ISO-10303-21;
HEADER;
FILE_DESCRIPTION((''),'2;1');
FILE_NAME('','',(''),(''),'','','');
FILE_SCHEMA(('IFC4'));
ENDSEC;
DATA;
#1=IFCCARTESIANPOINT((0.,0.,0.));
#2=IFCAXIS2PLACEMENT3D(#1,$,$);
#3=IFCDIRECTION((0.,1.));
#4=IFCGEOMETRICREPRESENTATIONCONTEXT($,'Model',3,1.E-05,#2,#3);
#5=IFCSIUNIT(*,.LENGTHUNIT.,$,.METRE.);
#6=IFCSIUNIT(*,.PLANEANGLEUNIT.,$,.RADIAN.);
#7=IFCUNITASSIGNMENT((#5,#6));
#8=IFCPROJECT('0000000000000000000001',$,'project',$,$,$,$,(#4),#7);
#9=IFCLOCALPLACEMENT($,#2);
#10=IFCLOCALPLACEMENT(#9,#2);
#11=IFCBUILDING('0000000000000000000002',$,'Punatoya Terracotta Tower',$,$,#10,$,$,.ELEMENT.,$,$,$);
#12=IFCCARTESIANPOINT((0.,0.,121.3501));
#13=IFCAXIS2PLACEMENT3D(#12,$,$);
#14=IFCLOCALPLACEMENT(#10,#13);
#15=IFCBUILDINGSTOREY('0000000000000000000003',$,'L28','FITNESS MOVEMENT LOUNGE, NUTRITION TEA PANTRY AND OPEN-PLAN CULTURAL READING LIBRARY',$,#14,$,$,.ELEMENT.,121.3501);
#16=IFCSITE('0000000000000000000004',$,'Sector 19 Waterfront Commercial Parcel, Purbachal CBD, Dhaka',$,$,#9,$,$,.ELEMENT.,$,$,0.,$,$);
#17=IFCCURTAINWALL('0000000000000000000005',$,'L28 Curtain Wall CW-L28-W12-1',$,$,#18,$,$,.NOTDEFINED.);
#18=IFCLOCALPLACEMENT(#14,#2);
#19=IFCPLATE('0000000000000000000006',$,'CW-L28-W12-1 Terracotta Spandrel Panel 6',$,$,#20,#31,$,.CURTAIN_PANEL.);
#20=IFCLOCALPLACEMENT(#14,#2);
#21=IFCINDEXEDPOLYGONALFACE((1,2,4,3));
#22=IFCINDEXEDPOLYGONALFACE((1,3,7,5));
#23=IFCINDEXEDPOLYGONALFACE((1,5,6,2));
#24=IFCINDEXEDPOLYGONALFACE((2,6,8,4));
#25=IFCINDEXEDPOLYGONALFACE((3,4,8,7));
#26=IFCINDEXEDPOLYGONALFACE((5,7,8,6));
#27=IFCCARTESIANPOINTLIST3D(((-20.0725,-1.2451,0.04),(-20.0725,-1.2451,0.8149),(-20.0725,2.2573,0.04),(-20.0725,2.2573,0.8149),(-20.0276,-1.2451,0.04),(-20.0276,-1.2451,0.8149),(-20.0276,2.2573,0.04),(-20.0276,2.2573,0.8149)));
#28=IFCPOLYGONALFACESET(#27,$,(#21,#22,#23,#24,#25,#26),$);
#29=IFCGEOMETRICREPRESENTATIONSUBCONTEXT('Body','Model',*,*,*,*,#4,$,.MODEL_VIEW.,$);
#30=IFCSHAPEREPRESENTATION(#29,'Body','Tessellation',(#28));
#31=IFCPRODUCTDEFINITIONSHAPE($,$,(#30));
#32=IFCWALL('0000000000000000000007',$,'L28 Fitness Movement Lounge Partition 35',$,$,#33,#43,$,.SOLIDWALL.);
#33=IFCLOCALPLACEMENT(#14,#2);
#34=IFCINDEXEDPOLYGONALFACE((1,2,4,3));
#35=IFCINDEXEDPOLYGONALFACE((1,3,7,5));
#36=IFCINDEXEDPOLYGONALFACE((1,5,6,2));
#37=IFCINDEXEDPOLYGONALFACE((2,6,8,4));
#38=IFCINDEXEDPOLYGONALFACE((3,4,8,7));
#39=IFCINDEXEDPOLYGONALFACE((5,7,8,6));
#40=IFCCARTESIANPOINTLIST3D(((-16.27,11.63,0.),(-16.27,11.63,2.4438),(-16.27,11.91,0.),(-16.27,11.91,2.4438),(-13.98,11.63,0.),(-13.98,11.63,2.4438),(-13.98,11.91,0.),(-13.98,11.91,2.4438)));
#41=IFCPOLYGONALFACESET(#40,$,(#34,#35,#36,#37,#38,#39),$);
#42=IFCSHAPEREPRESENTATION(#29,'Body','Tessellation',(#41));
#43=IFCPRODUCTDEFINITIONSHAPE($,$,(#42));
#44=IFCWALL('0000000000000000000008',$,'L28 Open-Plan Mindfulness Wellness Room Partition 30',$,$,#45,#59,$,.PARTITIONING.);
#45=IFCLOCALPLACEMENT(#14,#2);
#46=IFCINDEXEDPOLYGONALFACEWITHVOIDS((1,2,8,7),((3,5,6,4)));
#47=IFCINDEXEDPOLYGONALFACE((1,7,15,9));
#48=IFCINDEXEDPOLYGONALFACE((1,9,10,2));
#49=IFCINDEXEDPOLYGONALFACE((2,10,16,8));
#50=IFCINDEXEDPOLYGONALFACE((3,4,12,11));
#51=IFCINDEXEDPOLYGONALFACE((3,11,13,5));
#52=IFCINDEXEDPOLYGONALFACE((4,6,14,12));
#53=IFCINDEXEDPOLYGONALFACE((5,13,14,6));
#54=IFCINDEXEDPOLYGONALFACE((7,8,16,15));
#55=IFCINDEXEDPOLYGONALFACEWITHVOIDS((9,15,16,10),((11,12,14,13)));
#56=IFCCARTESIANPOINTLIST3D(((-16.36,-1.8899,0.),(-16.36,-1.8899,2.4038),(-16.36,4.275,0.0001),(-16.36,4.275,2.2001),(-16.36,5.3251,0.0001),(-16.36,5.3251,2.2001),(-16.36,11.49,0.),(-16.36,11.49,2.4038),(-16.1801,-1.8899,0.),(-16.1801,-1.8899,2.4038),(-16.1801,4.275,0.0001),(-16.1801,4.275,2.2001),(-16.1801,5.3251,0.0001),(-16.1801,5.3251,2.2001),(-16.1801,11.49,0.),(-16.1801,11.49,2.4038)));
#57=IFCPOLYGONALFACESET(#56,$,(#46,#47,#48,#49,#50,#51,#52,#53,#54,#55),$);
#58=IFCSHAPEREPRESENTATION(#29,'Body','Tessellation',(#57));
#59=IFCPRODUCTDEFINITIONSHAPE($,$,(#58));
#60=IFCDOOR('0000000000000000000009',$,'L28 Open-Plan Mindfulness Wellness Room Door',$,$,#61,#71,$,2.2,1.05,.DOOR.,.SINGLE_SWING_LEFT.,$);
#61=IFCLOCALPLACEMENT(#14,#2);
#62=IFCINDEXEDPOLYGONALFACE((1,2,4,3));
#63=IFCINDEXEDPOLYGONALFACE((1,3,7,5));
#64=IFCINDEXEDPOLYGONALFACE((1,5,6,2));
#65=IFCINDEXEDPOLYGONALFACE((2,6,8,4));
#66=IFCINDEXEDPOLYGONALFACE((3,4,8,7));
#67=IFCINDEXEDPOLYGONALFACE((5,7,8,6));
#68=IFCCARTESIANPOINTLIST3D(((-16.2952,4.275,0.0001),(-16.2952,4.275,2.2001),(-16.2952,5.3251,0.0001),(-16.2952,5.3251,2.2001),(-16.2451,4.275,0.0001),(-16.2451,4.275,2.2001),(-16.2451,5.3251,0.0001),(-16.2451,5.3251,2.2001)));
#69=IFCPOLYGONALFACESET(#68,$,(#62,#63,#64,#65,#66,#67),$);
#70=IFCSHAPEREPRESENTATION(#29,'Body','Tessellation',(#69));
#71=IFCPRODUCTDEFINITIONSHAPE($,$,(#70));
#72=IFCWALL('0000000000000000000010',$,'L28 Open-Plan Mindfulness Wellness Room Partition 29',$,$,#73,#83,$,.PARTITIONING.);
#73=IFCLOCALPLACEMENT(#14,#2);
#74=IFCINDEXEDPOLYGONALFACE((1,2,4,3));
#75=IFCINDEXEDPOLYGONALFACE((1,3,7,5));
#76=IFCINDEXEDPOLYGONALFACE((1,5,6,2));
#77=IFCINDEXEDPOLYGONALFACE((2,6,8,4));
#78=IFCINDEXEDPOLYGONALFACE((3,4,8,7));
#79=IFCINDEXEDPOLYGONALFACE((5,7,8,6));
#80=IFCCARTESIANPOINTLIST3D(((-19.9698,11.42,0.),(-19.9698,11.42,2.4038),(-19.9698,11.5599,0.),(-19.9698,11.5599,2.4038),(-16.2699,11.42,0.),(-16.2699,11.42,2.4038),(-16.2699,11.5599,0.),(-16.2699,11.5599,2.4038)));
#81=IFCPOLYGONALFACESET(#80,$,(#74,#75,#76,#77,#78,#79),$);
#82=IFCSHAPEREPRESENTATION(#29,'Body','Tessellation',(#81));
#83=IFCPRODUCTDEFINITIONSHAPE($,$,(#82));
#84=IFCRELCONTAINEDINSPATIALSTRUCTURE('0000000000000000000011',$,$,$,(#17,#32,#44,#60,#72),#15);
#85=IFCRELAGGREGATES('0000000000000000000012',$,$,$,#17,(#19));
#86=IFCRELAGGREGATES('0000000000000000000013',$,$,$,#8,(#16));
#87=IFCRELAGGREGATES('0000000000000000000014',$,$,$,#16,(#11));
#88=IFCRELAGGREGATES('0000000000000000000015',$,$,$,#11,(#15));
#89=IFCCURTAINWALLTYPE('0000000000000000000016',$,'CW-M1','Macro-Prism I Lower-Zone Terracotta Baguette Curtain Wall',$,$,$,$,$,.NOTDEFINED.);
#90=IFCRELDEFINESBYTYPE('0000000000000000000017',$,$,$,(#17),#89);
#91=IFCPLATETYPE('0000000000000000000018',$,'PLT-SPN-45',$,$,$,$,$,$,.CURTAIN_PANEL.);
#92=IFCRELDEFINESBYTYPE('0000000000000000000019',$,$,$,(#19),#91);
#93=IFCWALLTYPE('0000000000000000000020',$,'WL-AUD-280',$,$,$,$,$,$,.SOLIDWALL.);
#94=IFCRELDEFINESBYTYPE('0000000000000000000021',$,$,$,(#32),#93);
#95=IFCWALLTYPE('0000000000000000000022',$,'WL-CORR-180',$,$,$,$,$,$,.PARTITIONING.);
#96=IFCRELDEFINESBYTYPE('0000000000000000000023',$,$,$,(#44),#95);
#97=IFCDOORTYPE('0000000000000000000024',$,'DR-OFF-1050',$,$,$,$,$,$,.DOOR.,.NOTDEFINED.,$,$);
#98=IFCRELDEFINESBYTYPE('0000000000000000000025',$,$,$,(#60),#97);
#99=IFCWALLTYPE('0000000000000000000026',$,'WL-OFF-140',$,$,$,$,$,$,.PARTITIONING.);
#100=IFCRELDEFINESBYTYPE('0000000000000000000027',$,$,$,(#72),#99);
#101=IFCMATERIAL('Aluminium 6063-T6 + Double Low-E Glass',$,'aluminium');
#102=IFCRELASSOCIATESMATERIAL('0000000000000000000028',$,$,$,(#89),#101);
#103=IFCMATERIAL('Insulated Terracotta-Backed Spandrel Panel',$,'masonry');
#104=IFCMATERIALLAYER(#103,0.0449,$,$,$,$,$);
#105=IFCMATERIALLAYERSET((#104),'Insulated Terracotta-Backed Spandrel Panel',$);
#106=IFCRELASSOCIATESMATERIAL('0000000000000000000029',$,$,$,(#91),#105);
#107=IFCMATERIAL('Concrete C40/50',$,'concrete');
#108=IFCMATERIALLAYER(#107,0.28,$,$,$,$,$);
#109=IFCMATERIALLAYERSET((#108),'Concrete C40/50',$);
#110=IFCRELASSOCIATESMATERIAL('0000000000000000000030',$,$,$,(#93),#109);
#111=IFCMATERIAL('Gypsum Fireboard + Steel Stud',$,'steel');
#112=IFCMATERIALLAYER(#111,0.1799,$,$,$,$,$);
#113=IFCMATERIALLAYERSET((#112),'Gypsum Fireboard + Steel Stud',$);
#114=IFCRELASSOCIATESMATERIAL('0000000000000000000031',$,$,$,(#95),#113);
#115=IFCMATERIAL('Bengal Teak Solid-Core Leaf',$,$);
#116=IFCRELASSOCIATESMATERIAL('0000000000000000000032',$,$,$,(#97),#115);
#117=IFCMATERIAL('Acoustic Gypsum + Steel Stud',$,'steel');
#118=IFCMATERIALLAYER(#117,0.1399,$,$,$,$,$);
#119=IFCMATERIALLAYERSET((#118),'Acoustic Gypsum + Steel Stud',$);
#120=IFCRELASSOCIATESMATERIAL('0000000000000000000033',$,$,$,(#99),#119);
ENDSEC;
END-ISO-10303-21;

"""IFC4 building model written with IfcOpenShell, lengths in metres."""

from ifc_helpers import new_model, si_unit, direction, frame, frame_2d, origin, origin_2d, place, context, subcontext, project, spatial, rectangle, extrude, material, layer, layer_set, type_object, element, fill, aggregate, save


model = new_model("IFC4")

# Units and contexts
model_context = context("Model", 3, precision=1e-05, world=origin(), true_north=direction((0.0, 1.0)))
body_context = subcontext(model_context, "Body", "Model", "MODEL_VIEW")
ifc_project = project(units=[si_unit("LENGTHUNIT", "METRE"), si_unit("PLANEANGLEUNIT", "RADIAN")], contexts=[model_context])

# Site, building, storey
site_placement = place(None, origin())
site = spatial("IfcSite", under=ifc_project, at=site_placement, Name="Sector 19 Waterfront Commercial Parcel, Purbachal CBD, Dhaka", CompositionType="ELEMENT", RefElevation=0.0)
building_placement = place(site_placement, origin())
building = spatial("IfcBuilding", under=site, at=building_placement, Name="Punatoya Terracotta Tower", CompositionType="ELEMENT")
storey_placement = place(building_placement, frame((0.0, 0.0, 121.3501)))
storey = spatial("IfcBuildingStorey", under=building, at=storey_placement, Name="L28", Description="FITNESS MOVEMENT LOUNGE, NUTRITION TEA PANTRY AND OPEN-PLAN CULTURAL READING LIBRARY", CompositionType="ELEMENT", Elevation=121.3501)

# Curtain wall, plate
ifc_material_1 = material(Name="Aluminium 6063-T6 + Double Low-E Glass", Category="aluminium")
curtain_wall_type = type_object("IfcCurtainWallType", Name="CW-M1", Description="Macro-Prism I Lower-Zone Terracotta Baguette Curtain Wall", PredefinedType="NOTDEFINED", material=ifc_material_1)
curtain_wall_placement = place(storey_placement, origin())
curtain_wall = element("IfcCurtainWall", 1, at=curtain_wall_placement, inside=storey, type_object=curtain_wall_type, Name="L28 Curtain Wall CW-L28-W12-1", PredefinedType="NOTDEFINED")
ifc_material_2 = material(Name="Insulated Terracotta-Backed Spandrel Panel", Category="masonry")
ifc_layer_1 = layer(ifc_material_2, 0.0449)
ifc_layer_set_1 = layer_set([ifc_layer_1], Name="Insulated Terracotta-Backed Spandrel Panel")
plate_type_1 = type_object("IfcPlateType", Name="PLT-SPN-45", PredefinedType="CURTAIN_PANEL", material=ifc_layer_set_1)
plate_1_placement = place(storey_placement, frame((-20.05, 0.5061, 0.04), z_axis=(0.0, 0.0, 1.0), x_axis=(0.0, -1.0, 0.0)))
plate_1 = element("IfcPlate", 2, at=plate_1_placement, type_object=plate_type_1, Name="CW-L28-W12-1 Terracotta Spandrel Panel 6", PredefinedType="CURTAIN_PANEL", context=body_context, shape_type="SweptSolid", body=[
    extrude(rectangle(XDim=3.5024, YDim=0.0449, at=origin_2d()), origin(), (0.0, 0.0, 1.0), 0.7749),
])
aggregate(curtain_wall, [plate_1])

# Wall
ifc_material_3 = material(Name="Concrete C40/50", Category="concrete")
ifc_layer_2 = layer(ifc_material_3, 0.28)
ifc_layer_set_2 = layer_set([ifc_layer_2], Name="Concrete C40/50")
wall_type_1 = type_object("IfcWallType", Name="WL-AUD-280", PredefinedType="SOLIDWALL", material=ifc_layer_set_2)
wall_1_placement = place(storey_placement, frame((-13.98, 11.77, 0.0), z_axis=(0.0, 0.0, 1.0), x_axis=(-1.0, 0.0, 0.0)))
element("IfcWall", 3, at=wall_1_placement, inside=storey, type_object=wall_type_1, Name="L28 Fitness Movement Lounge Partition 35", PredefinedType="SOLIDWALL", context=body_context, shape_type="SweptSolid", body=[
    extrude(rectangle(XDim=2.29, YDim=0.28, at=frame_2d((1.145, 0.0))), origin(), (0.0, 0.0, 1.0), 2.4438),
])

# Wall, opening, door
ifc_material_4 = material(Name="Gypsum Fireboard + Steel Stud", Category="steel")
ifc_layer_3 = layer(ifc_material_4, 0.1799)
ifc_layer_set_3 = layer_set([ifc_layer_3], Name="Gypsum Fireboard + Steel Stud")
wall_type_2 = type_object("IfcWallType", Name="WL-CORR-180", PredefinedType="PARTITIONING", material=ifc_layer_set_3)
wall_2_placement = place(storey_placement, frame((-16.27, 11.49, 0.0), z_axis=(0.0, 0.0, 1.0), x_axis=(0.0, -1.0, 0.0)))
wall_2 = element("IfcWall", 4, at=wall_2_placement, inside=storey, type_object=wall_type_2, Name="L28 Open-Plan Mindfulness Wellness Room Partition 30", PredefinedType="PARTITIONING", context=body_context, shape_type="SweptSolid", body=[
    extrude(rectangle(XDim=13.3799, YDim=0.1799, at=frame_2d((6.6899, 0.0))), origin(), (0.0, 0.0, 1.0), 2.4038),
])
opening_placement = place(wall_2_placement, frame((6.165, 0.0, 0.0)))
opening = element("IfcOpeningElement", 5, at=opening_placement, cuts=wall_2, PredefinedType="OPENING", context=body_context, shape_type="SweptSolid", body=[
    extrude(rectangle(XDim=1.05, YDim=2.2, at=frame_2d((0.5249, 1.1001))), frame((0.0, 0.0999, 0.0), z_axis=(0.0, -1.0, 0.0), x_axis=(1.0, 0.0, 0.0)), (0.0, 0.0, 1.0), 0.2),
])
ifc_material_5 = material(Name="Bengal Teak Solid-Core Leaf")
door_type = type_object("IfcDoorType", Name="DR-OFF-1050", OperationType="NOTDEFINED", PredefinedType="DOOR", material=ifc_material_5)
door_placement = place(opening_placement, origin())
door = element("IfcDoor", 6, at=door_placement, inside=storey, type_object=door_type, Name="L28 Open-Plan Mindfulness Wellness Room Door", OperationType="SINGLE_SWING_LEFT", OverallHeight=2.2, OverallWidth=1.05, PredefinedType="DOOR", context=body_context, shape_type="SweptSolid", body=[
    extrude(rectangle(XDim=1.05, YDim=2.2, at=frame_2d((0.5249, 1.1001))), frame((0.0, 0.0249, 0.0), z_axis=(0.0, -1.0, 0.0), x_axis=(1.0, 0.0, 0.0)), (0.0, 0.0, 1.0), 0.05),
])
fill(opening, door)

# Wall
ifc_material_6 = material(Name="Acoustic Gypsum + Steel Stud", Category="steel")
ifc_layer_4 = layer(ifc_material_6, 0.1399)
ifc_layer_set_4 = layer_set([ifc_layer_4], Name="Acoustic Gypsum + Steel Stud")
wall_type_3 = type_object("IfcWallType", Name="WL-OFF-140", PredefinedType="PARTITIONING", material=ifc_layer_set_4)
wall_3_placement = place(storey_placement, frame((-19.97, 11.49, 0.0), z_axis=(0.0, 0.0, 1.0), x_axis=(1.0, 0.0, 0.0)))
element("IfcWall", 7, at=wall_3_placement, inside=storey, type_object=wall_type_3, Name="L28 Open-Plan Mindfulness Wellness Room Partition 29", PredefinedType="PARTITIONING", context=body_context, shape_type="SweptSolid", body=[
    extrude(rectangle(XDim=3.7, YDim=0.1399, at=frame_2d((1.8501, 0.0))), origin(), (0.0, 0.0, 1.0), 2.4038),
])

save(model, "model.ifc")
